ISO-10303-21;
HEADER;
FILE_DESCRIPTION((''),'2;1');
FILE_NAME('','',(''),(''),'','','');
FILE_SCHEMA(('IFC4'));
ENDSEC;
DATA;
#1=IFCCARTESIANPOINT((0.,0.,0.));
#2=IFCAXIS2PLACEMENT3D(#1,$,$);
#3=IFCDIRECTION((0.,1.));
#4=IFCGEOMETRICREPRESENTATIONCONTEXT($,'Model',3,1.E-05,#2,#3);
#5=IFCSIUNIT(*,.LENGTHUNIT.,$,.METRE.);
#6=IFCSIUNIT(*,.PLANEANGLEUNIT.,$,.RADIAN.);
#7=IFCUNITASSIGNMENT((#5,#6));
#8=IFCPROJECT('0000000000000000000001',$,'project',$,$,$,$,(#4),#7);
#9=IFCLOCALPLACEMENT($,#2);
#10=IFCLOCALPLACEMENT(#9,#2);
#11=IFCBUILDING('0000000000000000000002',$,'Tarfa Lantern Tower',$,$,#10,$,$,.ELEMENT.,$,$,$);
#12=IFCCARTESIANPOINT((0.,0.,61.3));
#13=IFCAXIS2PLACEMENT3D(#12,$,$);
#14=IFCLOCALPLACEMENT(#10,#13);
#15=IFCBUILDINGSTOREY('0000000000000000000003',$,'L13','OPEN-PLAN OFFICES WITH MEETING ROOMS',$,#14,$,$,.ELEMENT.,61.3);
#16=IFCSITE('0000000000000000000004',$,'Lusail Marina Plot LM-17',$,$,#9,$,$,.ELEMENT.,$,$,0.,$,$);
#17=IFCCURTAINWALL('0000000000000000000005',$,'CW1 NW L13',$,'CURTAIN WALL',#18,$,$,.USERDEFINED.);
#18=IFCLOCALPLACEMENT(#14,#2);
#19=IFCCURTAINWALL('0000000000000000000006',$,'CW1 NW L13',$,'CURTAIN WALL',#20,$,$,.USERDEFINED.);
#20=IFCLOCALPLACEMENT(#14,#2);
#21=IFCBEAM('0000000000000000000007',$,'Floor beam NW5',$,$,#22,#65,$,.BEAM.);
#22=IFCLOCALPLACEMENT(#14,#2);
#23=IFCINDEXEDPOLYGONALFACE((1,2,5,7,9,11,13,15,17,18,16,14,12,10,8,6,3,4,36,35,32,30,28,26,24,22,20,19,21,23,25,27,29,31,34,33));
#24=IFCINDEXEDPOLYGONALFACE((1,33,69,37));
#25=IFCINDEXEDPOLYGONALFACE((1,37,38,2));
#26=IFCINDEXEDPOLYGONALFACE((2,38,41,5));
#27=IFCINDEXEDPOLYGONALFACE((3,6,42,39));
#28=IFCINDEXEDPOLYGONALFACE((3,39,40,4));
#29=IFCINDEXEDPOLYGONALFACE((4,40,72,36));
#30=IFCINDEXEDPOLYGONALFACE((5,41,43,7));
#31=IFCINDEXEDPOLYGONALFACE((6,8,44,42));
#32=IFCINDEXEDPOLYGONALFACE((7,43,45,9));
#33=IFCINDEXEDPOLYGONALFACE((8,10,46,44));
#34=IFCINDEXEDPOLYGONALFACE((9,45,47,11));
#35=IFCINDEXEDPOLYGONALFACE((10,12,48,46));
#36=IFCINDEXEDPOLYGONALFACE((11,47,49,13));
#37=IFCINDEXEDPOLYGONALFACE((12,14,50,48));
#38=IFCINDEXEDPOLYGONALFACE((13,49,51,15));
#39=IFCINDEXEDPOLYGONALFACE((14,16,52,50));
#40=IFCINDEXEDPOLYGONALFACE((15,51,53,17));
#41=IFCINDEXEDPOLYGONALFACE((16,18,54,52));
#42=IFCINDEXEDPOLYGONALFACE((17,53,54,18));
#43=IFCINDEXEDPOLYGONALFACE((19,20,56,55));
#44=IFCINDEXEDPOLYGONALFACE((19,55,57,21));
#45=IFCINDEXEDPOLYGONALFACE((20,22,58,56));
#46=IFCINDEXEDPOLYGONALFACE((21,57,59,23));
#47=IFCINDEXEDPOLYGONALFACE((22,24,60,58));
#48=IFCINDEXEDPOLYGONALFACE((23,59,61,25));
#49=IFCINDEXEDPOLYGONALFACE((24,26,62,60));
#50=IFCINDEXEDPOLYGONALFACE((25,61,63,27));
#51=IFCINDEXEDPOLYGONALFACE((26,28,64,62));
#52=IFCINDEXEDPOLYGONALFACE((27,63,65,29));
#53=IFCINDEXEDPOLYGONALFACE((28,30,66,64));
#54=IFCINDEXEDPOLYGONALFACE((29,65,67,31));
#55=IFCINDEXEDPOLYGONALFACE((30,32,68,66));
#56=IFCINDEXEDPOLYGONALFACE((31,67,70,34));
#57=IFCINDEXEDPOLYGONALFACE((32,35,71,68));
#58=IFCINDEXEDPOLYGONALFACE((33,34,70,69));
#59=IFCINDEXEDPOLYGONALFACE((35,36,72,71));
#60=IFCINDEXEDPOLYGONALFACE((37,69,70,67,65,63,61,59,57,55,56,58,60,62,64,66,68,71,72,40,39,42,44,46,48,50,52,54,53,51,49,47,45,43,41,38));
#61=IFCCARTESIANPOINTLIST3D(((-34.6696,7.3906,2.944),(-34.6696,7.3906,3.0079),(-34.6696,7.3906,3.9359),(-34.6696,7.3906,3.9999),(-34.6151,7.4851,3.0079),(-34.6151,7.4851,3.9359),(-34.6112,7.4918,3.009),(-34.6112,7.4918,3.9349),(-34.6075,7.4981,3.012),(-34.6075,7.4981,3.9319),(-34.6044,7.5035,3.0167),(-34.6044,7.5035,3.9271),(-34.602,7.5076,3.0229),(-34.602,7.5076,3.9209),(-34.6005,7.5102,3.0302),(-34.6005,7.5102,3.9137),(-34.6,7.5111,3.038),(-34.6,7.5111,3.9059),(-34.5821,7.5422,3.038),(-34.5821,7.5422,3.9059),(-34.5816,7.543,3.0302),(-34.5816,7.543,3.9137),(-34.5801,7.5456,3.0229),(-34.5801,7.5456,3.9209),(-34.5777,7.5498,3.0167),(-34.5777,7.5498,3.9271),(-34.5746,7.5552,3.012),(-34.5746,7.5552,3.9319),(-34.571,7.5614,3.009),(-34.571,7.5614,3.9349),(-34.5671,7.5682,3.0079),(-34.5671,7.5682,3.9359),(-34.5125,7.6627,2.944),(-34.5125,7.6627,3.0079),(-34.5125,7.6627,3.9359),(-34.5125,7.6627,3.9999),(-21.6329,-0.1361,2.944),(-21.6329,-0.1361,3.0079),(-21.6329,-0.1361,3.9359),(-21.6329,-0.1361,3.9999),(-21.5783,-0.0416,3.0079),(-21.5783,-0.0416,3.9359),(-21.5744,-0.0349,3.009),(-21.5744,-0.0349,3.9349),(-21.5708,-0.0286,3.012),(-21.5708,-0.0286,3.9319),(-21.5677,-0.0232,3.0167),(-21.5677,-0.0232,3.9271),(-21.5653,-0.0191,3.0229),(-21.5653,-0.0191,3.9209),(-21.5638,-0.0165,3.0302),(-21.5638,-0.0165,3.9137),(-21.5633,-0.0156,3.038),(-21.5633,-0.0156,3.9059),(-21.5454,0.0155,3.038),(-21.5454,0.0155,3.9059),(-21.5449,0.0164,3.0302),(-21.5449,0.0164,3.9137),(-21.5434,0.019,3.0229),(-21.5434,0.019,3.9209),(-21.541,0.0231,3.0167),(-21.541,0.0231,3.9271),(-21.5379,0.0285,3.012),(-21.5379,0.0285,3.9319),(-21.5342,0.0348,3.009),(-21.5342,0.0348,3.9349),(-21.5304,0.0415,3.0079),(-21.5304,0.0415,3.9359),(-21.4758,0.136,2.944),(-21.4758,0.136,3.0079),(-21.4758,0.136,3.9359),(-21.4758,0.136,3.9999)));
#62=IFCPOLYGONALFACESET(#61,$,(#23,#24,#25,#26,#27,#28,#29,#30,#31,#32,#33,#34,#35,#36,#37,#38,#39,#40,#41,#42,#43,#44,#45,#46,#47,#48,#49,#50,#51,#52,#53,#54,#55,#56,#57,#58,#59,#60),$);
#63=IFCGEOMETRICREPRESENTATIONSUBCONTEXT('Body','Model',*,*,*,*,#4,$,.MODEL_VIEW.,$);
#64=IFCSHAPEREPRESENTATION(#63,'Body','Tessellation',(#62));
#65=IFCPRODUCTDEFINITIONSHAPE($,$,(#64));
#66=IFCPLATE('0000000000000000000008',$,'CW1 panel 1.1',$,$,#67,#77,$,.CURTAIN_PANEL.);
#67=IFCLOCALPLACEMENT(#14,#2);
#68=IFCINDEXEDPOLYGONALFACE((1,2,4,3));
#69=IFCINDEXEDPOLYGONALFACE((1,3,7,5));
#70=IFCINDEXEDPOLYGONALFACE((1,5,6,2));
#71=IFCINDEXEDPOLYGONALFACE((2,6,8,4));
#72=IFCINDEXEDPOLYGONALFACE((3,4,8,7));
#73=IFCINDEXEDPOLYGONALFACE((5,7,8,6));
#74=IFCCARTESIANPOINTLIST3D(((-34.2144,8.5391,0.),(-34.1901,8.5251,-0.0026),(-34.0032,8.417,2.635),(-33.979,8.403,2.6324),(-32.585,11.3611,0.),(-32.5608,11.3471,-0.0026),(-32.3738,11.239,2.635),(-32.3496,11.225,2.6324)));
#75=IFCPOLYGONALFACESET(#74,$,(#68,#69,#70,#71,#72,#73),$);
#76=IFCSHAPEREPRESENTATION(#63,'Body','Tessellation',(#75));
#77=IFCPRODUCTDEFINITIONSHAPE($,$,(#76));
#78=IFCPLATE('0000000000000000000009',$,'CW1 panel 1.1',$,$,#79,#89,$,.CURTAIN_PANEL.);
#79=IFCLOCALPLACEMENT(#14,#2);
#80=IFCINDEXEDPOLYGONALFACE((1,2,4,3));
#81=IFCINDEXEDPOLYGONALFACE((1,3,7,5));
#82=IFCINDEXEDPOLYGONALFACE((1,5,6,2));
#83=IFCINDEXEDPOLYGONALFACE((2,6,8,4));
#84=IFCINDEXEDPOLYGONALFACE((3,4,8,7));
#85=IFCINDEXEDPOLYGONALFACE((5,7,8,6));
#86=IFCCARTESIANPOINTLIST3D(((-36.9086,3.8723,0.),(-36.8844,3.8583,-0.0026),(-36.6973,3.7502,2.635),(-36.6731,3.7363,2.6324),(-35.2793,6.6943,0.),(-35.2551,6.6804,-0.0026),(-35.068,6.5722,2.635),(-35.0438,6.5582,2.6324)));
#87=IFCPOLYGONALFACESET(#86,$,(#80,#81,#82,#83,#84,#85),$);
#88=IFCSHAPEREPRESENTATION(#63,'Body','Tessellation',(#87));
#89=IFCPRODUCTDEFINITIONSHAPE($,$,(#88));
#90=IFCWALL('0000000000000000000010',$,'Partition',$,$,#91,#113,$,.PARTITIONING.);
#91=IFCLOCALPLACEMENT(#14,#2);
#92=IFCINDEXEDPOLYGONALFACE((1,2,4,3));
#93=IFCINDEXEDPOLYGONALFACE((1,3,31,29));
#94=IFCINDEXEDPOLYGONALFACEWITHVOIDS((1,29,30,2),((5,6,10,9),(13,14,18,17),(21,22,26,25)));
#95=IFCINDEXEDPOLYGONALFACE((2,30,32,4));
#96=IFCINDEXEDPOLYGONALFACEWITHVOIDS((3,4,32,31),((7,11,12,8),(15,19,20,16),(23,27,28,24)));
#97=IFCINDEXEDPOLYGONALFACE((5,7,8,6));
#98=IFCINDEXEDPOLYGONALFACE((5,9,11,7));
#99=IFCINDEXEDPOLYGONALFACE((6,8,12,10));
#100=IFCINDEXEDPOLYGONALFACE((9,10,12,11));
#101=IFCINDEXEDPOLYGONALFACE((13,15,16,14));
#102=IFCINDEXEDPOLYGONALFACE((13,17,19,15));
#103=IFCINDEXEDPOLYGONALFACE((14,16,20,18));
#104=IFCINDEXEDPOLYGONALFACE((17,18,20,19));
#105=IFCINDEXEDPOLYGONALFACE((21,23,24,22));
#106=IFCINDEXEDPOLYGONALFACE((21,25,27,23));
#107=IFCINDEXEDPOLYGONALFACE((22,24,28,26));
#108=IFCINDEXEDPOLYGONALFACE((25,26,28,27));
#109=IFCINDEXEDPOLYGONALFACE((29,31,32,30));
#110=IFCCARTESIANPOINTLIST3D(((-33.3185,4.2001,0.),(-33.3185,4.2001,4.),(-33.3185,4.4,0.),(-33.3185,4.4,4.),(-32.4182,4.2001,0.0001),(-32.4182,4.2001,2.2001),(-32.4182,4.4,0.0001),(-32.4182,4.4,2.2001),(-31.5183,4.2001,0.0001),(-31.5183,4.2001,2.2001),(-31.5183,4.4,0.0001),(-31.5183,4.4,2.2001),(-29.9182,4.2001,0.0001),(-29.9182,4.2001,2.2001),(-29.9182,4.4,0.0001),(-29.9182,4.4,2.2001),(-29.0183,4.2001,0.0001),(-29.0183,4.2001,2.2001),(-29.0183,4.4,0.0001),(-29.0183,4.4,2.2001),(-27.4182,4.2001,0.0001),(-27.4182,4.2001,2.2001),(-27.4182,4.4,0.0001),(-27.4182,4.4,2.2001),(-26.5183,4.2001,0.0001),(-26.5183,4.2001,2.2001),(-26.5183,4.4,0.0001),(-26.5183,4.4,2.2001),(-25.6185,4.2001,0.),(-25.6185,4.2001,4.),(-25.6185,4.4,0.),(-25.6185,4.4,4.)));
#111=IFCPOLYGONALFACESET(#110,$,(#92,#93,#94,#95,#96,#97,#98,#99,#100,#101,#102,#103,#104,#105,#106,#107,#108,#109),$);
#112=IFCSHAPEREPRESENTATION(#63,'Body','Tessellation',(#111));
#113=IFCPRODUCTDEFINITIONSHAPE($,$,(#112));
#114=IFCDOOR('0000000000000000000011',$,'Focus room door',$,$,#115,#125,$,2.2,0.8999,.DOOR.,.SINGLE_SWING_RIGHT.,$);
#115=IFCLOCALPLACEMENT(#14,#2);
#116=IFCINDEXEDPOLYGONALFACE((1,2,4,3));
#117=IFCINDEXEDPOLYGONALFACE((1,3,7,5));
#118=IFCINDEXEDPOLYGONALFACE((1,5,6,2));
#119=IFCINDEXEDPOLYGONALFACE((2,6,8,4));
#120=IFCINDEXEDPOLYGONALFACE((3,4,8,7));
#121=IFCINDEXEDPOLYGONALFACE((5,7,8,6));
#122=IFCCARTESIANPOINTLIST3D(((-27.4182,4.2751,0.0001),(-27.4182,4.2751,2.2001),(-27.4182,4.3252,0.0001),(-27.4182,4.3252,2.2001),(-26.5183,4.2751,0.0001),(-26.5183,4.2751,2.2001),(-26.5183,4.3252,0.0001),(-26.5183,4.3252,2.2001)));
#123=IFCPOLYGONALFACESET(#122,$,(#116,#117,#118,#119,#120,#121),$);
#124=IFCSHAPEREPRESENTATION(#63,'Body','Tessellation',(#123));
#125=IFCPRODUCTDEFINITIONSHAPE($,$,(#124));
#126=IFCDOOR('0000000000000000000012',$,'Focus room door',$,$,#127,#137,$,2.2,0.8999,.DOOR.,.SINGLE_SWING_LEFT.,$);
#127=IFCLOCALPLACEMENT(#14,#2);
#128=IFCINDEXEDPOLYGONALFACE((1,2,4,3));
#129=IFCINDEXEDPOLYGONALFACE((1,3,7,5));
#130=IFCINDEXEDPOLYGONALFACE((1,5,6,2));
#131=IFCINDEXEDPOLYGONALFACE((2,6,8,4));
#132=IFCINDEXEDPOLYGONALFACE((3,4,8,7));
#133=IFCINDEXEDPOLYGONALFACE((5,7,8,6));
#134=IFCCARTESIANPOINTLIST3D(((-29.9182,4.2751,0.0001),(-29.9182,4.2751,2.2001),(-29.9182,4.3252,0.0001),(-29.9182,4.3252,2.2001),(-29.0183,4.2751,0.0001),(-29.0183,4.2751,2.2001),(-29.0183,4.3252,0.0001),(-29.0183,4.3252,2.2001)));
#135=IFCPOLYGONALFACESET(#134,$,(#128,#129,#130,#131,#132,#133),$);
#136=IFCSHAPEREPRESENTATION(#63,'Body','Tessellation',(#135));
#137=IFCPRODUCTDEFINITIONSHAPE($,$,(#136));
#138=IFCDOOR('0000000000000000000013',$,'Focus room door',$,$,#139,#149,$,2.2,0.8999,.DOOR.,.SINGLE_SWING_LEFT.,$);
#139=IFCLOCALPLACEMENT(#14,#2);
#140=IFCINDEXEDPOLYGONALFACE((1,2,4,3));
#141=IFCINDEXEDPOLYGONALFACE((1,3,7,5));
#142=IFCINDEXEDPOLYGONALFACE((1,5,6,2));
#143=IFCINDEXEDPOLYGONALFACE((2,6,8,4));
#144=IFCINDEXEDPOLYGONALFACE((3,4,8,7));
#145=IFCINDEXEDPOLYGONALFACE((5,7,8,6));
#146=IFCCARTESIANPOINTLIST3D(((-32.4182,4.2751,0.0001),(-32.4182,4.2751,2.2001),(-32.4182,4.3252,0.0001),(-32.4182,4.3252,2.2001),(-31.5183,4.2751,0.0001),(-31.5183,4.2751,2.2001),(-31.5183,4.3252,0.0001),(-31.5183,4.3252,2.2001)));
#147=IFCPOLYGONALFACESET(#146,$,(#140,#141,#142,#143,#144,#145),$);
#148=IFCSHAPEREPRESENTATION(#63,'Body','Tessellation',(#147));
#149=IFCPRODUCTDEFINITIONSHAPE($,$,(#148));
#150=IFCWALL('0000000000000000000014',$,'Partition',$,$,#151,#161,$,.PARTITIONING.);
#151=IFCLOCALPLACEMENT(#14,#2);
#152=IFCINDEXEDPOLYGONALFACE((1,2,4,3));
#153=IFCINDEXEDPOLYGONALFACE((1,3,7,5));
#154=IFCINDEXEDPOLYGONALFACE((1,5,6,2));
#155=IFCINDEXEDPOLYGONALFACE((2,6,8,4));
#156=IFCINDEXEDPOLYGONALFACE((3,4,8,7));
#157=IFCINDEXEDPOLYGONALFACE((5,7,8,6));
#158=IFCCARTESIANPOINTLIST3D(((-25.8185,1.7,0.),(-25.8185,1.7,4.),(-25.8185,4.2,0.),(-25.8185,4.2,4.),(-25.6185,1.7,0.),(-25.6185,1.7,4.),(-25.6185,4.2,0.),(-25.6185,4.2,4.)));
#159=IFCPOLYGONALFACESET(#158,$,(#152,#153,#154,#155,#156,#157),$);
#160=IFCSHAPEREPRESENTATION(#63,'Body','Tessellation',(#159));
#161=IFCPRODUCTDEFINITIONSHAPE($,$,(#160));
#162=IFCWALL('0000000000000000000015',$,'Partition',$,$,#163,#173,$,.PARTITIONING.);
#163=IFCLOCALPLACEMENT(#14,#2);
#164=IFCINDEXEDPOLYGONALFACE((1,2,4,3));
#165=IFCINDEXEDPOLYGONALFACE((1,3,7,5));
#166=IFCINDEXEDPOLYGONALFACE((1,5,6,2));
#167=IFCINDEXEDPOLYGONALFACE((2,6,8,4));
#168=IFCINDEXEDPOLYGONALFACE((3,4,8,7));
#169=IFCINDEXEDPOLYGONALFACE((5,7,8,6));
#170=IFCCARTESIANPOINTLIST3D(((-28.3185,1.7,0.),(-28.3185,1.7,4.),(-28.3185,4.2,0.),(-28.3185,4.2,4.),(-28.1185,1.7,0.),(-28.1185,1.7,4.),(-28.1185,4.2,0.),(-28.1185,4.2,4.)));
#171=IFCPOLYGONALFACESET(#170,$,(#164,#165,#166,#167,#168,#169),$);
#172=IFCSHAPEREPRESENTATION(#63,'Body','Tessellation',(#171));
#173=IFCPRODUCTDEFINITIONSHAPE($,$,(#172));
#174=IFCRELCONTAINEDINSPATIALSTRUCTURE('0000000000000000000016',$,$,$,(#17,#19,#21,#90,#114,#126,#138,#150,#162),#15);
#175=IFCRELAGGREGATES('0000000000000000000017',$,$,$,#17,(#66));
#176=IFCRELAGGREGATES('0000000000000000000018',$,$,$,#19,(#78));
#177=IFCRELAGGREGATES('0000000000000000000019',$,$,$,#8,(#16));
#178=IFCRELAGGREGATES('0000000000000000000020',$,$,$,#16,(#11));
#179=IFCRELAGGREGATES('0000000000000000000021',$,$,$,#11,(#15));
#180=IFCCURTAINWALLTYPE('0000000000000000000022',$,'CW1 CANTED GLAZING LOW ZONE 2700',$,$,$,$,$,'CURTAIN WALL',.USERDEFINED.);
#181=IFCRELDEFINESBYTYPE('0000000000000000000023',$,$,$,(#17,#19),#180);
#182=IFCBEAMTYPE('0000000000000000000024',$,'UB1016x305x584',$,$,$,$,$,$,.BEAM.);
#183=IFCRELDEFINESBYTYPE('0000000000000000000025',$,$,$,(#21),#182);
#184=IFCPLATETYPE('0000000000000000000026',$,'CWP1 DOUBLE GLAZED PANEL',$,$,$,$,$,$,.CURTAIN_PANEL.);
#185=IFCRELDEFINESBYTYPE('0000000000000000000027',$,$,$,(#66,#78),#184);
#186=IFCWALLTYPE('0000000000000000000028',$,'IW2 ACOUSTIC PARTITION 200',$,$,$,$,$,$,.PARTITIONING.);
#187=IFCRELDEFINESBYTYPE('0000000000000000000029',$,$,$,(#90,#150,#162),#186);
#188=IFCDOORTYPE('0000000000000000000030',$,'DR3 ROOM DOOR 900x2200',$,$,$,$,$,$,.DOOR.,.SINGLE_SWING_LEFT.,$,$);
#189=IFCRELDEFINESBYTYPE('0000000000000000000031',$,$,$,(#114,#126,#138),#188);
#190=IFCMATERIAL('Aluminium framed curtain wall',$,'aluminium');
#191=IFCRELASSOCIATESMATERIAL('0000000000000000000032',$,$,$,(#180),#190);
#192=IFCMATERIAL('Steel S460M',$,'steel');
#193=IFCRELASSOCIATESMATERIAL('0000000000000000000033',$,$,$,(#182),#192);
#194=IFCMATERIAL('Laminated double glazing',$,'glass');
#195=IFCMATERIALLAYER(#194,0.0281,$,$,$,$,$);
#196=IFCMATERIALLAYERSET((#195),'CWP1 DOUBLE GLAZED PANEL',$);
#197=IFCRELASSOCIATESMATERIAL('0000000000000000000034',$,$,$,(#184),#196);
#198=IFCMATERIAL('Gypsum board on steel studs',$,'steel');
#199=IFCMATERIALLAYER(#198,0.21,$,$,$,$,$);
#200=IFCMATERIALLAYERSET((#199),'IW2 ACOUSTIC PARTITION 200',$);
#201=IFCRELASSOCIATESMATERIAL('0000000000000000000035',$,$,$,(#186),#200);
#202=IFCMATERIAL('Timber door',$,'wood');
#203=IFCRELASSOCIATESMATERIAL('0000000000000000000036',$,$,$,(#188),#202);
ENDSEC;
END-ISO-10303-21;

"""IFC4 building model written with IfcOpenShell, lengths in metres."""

from ifc_helpers import new_model, si_unit, direction, frame, frame_2d, origin, origin_2d, place, context, subcontext, project, spatial, polyline, rectangle, i_section, outline, extrude, material, layer, layer_set, material_profile, profile_set, type_object, element, fill, aggregate, save


model = new_model("IFC4")

# Units and contexts
model_context = context("Model", 3, precision=1e-05, world=origin(), true_north=direction((0.0, 1.0)))
body_context = subcontext(model_context, "Body", "Model", "MODEL_VIEW")
ifc_project = project(units=[si_unit("LENGTHUNIT", "METRE"), si_unit("PLANEANGLEUNIT", "RADIAN")], contexts=[model_context])

# Site, building, storey
site_placement = place(None, origin())
site = spatial("IfcSite", under=ifc_project, at=site_placement, Name="Lusail Marina Plot LM-17", CompositionType="ELEMENT", RefElevation=0.0)
building_placement = place(site_placement, origin())
building = spatial("IfcBuilding", under=site, at=building_placement, Name="Tarfa Lantern Tower", CompositionType="ELEMENT")
storey_placement = place(building_placement, frame((0.0, 0.0, 61.3)))
storey = spatial("IfcBuildingStorey", under=building, at=storey_placement, Name="L13", Description="OPEN-PLAN OFFICES WITH MEETING ROOMS", CompositionType="ELEMENT", Elevation=61.3)

# Shared definitions
ifc_material_1 = material(Name="Aluminium framed curtain wall", Category="aluminium")
curtain_wall_type = type_object("IfcCurtainWallType", Name="CW1 CANTED GLAZING LOW ZONE 2700", ElementType="CURTAIN WALL", PredefinedType="USERDEFINED", material=ifc_material_1)

# Curtain walls
curtain_wall_1_placement = place(storey_placement, origin())
curtain_wall_1 = element("IfcCurtainWall", 1, at=curtain_wall_1_placement, inside=storey, type_object=curtain_wall_type, Name="CW1 NW L13", ObjectType="CURTAIN WALL", PredefinedType="USERDEFINED")
curtain_wall_2_placement = place(storey_placement, origin())
curtain_wall_2 = element("IfcCurtainWall", 2, at=curtain_wall_2_placement, inside=storey, type_object=curtain_wall_type, Name="CW1 NW L13", ObjectType="CURTAIN WALL", PredefinedType="USERDEFINED")

# Beam
ifc_material_2 = material(Name="Steel S460M", Category="steel")
ifc_material_profile_1 = material_profile(ifc_material_2, i_section(OverallWidth=0.3142, OverallDepth=1.0559, WebThickness=0.0359, FlangeThickness=0.064, FilletRadius=0.03, at=origin_2d()), Name="UB1016x305x584")
ifc_profile_set_1 = profile_set([ifc_material_profile_1], Name="Steel S460M")
beam_type_1 = type_object("IfcBeamType", Name="UB1016x305x584", PredefinedType="BEAM", material=ifc_profile_set_1)
beam_1_placement = place(storey_placement, frame((-34.5911, 7.5266, 3.4719), z_axis=(0.866028, -0.499996, 0.0), x_axis=(0.499996, 0.866028, 0.0)))
element("IfcBeam", 3, at=beam_1_placement, inside=storey, type_object=beam_type_1, Name="Floor beam NW5", PredefinedType="BEAM", context=body_context, shape_type="SweptSolid", body=[
    extrude(i_section(OverallWidth=0.3142, OverallDepth=1.0559, WebThickness=0.0359, FlangeThickness=0.064, FilletRadius=0.03, at=origin_2d()), origin(), (0.0, 0.0, 1.0), 15.0535),
])

# Plates
ifc_material_3 = material(Name="Laminated double glazing", Category="glass")
ifc_layer_1 = layer(ifc_material_3, 0.0281)
ifc_layer_set_1 = layer_set([ifc_layer_1], Name="CWP1 DOUBLE GLAZED PANEL")
plate_type = type_object("IfcPlateType", Name="CWP1 DOUBLE GLAZED PANEL", PredefinedType="CURTAIN_PANEL", material=ifc_layer_set_1)
plate_1_placement = place(storey_placement, frame((-32.585, 11.3611, 0.0), z_axis=(-0.862325, 0.497894, 0.092176), x_axis=(-0.500023, -0.866012, 0.0)))
plate_1 = element("IfcPlate", 4, at=plate_1_placement, type_object=plate_type, Name="CW1 panel 1.1", PredefinedType="CURTAIN_PANEL", context=body_context, shape_type="SweptSolid", body=[
    extrude(outline(polyline([(0.0, 0.0), (3.2586, 0.0), (3.2588, 2.6463), (0.0001, 2.6463), (0.0, 0.0)])), origin(), (0.0, 0.0, -1.0), 0.0281),
])
aggregate(curtain_wall_1, [plate_1])
plate_2_placement = place(storey_placement, frame((-35.2793, 6.6943, 0.0), z_axis=(-0.862338, 0.497864, 0.092216), x_axis=(-0.499995, -0.866028, -0.000003)))
plate_2 = element("IfcPlate", 5, at=plate_2_placement, type_object=plate_type, Name="CW1 panel 1.1", PredefinedType="CURTAIN_PANEL", context=body_context, shape_type="SweptSolid", body=[
    extrude(outline(polyline([(0.0, 0.0), (3.2586, 0.0), (3.2586, 2.6463), (0.0001, 2.6463), (0.0, 0.0)])), origin(), (0.0, 0.0, -1.0), 0.0281),
])
aggregate(curtain_wall_2, [plate_2])

# Wall, openings, doors
ifc_material_4 = material(Name="Gypsum board on steel studs", Category="steel")
ifc_layer_2 = layer(ifc_material_4, 0.21)
ifc_layer_set_2 = layer_set([ifc_layer_2], Name="IW2 ACOUSTIC PARTITION 200")
wall_type = type_object("IfcWallType", Name="IW2 ACOUSTIC PARTITION 200", PredefinedType="PARTITIONING", material=ifc_layer_set_2)
wall_placement = place(storey_placement, frame((-25.6184, 4.3, 0.0), z_axis=(0.0, 0.0, 1.0), x_axis=(-1.0, 0.0, 0.0)))
wall = element("IfcWall", 6, at=wall_placement, inside=storey, type_object=wall_type, Name="Partition", PredefinedType="PARTITIONING", context=body_context, shape_type="SweptSolid", body=[
    extrude(rectangle(XDim=7.7, YDim=0.2, at=frame_2d((3.8501, 0.0))), origin(), (0.0, 0.0, 1.0), 4.0),
])
opening_1_placement = place(wall_placement, frame((0.8999, 0.0, 0.0)))
opening_1 = element("IfcOpeningElement", 7, at=opening_1_placement, cuts=wall, PredefinedType="OPENING", context=body_context, shape_type="SweptSolid", body=[
    extrude(rectangle(XDim=0.8999, YDim=2.2, at=frame_2d((0.45, 1.1001))), frame((0.0, 0.1099, 0.0), z_axis=(0.0, -1.0, 0.0), x_axis=(1.0, 0.0, 0.0)), (0.0, 0.0, 1.0), 0.22),
])
opening_2_placement = place(wall_placement, frame((3.3999, 0.0, 0.0)))
opening_2 = element("IfcOpeningElement", 8, at=opening_2_placement, cuts=wall, PredefinedType="OPENING", context=body_context, shape_type="SweptSolid", body=[
    extrude(rectangle(XDim=0.8999, YDim=2.2, at=frame_2d((0.45, 1.1001))), frame((0.0, 0.1099, 0.0), z_axis=(0.0, -1.0, 0.0), x_axis=(1.0, 0.0, 0.0)), (0.0, 0.0, 1.0), 0.22),
])
opening_3_placement = place(wall_placement, frame((5.8999, 0.0, 0.0)))
opening_3 = element("IfcOpeningElement", 9, at=opening_3_placement, cuts=wall, PredefinedType="OPENING", context=body_context, shape_type="SweptSolid", body=[
    extrude(rectangle(XDim=0.8999, YDim=2.2, at=frame_2d((0.45, 1.1001))), frame((0.0, 0.1099, 0.0), z_axis=(0.0, -1.0, 0.0), x_axis=(1.0, 0.0, 0.0)), (0.0, 0.0, 1.0), 0.22),
])
ifc_material_5 = material(Name="Timber door", Category="wood")
door_type = type_object("IfcDoorType", Name="DR3 ROOM DOOR 900x2200", OperationType="SINGLE_SWING_LEFT", PredefinedType="DOOR", material=ifc_material_5)
door_1_placement = place(opening_1_placement, origin())
door_1 = element("IfcDoor", 10, at=door_1_placement, inside=storey, type_object=door_type, Name="Focus room door", OperationType="SINGLE_SWING_RIGHT", OverallHeight=2.2, OverallWidth=0.8999, PredefinedType="DOOR", context=body_context, shape_type="SweptSolid", body=[
    extrude(rectangle(XDim=0.8999, YDim=2.2, at=frame_2d((0.45, 1.1001))), frame((0.0, 0.0249, 0.0), z_axis=(0.0, -1.0, 0.0), x_axis=(1.0, 0.0, 0.0)), (0.0, 0.0, 1.0), 0.05),
])
fill(opening_1, door_1)
door_2_placement = place(opening_2_placement, origin())
door_2 = element("IfcDoor", 11, at=door_2_placement, inside=storey, type_object=door_type, Name="Focus room door", OperationType="SINGLE_SWING_LEFT", OverallHeight=2.2, OverallWidth=0.8999, PredefinedType="DOOR", context=body_context, shape_type="SweptSolid", body=[
    extrude(rectangle(XDim=0.8999, YDim=2.2, at=frame_2d((0.45, 1.1001))), frame((0.0, 0.0249, 0.0), z_axis=(0.0, -1.0, 0.0), x_axis=(1.0, 0.0, 0.0)), (0.0, 0.0, 1.0), 0.05),
])
fill(opening_2, door_2)
door_3_placement = place(opening_3_placement, origin())
door_3 = element("IfcDoor", 12, at=door_3_placement, inside=storey, type_object=door_type, Name="Focus room door", OperationType="SINGLE_SWING_LEFT", OverallHeight=2.2, OverallWidth=0.8999, PredefinedType="DOOR", context=body_context, shape_type="SweptSolid", body=[
    extrude(rectangle(XDim=0.8999, YDim=2.2, at=frame_2d((0.45, 1.1001))), frame((0.0, 0.0249, 0.0), z_axis=(0.0, -1.0, 0.0), x_axis=(1.0, 0.0, 0.0)), (0.0, 0.0, 1.0), 0.05),
])
fill(opening_3, door_3)

# Walls
for number, where, z_axis, x_axis, name in (
    (13, (-25.7185, 1.7, 0.0), (0.0, 0.0, 1.0), (0.0, 1.0, 0.0), "Partition"),
    (14, (-28.2185, 1.7, 0.0), (0.0, 0.0, 1.0), (0.0, 1.0, 0.0), "Partition"),
):
    element("IfcWall", number, at=place(storey_placement, frame(where, z_axis=z_axis, x_axis=x_axis)), inside=storey, type_object=wall_type, Name=name, PredefinedType="PARTITIONING", context=body_context, shape_type="SweptSolid", body=[
        extrude(rectangle(XDim=2.5, YDim=0.2, at=frame_2d((1.25, 0.0))), origin(), (0.0, 0.0, 1.0), 4.0),
    ])

save(model, "model.ifc")
